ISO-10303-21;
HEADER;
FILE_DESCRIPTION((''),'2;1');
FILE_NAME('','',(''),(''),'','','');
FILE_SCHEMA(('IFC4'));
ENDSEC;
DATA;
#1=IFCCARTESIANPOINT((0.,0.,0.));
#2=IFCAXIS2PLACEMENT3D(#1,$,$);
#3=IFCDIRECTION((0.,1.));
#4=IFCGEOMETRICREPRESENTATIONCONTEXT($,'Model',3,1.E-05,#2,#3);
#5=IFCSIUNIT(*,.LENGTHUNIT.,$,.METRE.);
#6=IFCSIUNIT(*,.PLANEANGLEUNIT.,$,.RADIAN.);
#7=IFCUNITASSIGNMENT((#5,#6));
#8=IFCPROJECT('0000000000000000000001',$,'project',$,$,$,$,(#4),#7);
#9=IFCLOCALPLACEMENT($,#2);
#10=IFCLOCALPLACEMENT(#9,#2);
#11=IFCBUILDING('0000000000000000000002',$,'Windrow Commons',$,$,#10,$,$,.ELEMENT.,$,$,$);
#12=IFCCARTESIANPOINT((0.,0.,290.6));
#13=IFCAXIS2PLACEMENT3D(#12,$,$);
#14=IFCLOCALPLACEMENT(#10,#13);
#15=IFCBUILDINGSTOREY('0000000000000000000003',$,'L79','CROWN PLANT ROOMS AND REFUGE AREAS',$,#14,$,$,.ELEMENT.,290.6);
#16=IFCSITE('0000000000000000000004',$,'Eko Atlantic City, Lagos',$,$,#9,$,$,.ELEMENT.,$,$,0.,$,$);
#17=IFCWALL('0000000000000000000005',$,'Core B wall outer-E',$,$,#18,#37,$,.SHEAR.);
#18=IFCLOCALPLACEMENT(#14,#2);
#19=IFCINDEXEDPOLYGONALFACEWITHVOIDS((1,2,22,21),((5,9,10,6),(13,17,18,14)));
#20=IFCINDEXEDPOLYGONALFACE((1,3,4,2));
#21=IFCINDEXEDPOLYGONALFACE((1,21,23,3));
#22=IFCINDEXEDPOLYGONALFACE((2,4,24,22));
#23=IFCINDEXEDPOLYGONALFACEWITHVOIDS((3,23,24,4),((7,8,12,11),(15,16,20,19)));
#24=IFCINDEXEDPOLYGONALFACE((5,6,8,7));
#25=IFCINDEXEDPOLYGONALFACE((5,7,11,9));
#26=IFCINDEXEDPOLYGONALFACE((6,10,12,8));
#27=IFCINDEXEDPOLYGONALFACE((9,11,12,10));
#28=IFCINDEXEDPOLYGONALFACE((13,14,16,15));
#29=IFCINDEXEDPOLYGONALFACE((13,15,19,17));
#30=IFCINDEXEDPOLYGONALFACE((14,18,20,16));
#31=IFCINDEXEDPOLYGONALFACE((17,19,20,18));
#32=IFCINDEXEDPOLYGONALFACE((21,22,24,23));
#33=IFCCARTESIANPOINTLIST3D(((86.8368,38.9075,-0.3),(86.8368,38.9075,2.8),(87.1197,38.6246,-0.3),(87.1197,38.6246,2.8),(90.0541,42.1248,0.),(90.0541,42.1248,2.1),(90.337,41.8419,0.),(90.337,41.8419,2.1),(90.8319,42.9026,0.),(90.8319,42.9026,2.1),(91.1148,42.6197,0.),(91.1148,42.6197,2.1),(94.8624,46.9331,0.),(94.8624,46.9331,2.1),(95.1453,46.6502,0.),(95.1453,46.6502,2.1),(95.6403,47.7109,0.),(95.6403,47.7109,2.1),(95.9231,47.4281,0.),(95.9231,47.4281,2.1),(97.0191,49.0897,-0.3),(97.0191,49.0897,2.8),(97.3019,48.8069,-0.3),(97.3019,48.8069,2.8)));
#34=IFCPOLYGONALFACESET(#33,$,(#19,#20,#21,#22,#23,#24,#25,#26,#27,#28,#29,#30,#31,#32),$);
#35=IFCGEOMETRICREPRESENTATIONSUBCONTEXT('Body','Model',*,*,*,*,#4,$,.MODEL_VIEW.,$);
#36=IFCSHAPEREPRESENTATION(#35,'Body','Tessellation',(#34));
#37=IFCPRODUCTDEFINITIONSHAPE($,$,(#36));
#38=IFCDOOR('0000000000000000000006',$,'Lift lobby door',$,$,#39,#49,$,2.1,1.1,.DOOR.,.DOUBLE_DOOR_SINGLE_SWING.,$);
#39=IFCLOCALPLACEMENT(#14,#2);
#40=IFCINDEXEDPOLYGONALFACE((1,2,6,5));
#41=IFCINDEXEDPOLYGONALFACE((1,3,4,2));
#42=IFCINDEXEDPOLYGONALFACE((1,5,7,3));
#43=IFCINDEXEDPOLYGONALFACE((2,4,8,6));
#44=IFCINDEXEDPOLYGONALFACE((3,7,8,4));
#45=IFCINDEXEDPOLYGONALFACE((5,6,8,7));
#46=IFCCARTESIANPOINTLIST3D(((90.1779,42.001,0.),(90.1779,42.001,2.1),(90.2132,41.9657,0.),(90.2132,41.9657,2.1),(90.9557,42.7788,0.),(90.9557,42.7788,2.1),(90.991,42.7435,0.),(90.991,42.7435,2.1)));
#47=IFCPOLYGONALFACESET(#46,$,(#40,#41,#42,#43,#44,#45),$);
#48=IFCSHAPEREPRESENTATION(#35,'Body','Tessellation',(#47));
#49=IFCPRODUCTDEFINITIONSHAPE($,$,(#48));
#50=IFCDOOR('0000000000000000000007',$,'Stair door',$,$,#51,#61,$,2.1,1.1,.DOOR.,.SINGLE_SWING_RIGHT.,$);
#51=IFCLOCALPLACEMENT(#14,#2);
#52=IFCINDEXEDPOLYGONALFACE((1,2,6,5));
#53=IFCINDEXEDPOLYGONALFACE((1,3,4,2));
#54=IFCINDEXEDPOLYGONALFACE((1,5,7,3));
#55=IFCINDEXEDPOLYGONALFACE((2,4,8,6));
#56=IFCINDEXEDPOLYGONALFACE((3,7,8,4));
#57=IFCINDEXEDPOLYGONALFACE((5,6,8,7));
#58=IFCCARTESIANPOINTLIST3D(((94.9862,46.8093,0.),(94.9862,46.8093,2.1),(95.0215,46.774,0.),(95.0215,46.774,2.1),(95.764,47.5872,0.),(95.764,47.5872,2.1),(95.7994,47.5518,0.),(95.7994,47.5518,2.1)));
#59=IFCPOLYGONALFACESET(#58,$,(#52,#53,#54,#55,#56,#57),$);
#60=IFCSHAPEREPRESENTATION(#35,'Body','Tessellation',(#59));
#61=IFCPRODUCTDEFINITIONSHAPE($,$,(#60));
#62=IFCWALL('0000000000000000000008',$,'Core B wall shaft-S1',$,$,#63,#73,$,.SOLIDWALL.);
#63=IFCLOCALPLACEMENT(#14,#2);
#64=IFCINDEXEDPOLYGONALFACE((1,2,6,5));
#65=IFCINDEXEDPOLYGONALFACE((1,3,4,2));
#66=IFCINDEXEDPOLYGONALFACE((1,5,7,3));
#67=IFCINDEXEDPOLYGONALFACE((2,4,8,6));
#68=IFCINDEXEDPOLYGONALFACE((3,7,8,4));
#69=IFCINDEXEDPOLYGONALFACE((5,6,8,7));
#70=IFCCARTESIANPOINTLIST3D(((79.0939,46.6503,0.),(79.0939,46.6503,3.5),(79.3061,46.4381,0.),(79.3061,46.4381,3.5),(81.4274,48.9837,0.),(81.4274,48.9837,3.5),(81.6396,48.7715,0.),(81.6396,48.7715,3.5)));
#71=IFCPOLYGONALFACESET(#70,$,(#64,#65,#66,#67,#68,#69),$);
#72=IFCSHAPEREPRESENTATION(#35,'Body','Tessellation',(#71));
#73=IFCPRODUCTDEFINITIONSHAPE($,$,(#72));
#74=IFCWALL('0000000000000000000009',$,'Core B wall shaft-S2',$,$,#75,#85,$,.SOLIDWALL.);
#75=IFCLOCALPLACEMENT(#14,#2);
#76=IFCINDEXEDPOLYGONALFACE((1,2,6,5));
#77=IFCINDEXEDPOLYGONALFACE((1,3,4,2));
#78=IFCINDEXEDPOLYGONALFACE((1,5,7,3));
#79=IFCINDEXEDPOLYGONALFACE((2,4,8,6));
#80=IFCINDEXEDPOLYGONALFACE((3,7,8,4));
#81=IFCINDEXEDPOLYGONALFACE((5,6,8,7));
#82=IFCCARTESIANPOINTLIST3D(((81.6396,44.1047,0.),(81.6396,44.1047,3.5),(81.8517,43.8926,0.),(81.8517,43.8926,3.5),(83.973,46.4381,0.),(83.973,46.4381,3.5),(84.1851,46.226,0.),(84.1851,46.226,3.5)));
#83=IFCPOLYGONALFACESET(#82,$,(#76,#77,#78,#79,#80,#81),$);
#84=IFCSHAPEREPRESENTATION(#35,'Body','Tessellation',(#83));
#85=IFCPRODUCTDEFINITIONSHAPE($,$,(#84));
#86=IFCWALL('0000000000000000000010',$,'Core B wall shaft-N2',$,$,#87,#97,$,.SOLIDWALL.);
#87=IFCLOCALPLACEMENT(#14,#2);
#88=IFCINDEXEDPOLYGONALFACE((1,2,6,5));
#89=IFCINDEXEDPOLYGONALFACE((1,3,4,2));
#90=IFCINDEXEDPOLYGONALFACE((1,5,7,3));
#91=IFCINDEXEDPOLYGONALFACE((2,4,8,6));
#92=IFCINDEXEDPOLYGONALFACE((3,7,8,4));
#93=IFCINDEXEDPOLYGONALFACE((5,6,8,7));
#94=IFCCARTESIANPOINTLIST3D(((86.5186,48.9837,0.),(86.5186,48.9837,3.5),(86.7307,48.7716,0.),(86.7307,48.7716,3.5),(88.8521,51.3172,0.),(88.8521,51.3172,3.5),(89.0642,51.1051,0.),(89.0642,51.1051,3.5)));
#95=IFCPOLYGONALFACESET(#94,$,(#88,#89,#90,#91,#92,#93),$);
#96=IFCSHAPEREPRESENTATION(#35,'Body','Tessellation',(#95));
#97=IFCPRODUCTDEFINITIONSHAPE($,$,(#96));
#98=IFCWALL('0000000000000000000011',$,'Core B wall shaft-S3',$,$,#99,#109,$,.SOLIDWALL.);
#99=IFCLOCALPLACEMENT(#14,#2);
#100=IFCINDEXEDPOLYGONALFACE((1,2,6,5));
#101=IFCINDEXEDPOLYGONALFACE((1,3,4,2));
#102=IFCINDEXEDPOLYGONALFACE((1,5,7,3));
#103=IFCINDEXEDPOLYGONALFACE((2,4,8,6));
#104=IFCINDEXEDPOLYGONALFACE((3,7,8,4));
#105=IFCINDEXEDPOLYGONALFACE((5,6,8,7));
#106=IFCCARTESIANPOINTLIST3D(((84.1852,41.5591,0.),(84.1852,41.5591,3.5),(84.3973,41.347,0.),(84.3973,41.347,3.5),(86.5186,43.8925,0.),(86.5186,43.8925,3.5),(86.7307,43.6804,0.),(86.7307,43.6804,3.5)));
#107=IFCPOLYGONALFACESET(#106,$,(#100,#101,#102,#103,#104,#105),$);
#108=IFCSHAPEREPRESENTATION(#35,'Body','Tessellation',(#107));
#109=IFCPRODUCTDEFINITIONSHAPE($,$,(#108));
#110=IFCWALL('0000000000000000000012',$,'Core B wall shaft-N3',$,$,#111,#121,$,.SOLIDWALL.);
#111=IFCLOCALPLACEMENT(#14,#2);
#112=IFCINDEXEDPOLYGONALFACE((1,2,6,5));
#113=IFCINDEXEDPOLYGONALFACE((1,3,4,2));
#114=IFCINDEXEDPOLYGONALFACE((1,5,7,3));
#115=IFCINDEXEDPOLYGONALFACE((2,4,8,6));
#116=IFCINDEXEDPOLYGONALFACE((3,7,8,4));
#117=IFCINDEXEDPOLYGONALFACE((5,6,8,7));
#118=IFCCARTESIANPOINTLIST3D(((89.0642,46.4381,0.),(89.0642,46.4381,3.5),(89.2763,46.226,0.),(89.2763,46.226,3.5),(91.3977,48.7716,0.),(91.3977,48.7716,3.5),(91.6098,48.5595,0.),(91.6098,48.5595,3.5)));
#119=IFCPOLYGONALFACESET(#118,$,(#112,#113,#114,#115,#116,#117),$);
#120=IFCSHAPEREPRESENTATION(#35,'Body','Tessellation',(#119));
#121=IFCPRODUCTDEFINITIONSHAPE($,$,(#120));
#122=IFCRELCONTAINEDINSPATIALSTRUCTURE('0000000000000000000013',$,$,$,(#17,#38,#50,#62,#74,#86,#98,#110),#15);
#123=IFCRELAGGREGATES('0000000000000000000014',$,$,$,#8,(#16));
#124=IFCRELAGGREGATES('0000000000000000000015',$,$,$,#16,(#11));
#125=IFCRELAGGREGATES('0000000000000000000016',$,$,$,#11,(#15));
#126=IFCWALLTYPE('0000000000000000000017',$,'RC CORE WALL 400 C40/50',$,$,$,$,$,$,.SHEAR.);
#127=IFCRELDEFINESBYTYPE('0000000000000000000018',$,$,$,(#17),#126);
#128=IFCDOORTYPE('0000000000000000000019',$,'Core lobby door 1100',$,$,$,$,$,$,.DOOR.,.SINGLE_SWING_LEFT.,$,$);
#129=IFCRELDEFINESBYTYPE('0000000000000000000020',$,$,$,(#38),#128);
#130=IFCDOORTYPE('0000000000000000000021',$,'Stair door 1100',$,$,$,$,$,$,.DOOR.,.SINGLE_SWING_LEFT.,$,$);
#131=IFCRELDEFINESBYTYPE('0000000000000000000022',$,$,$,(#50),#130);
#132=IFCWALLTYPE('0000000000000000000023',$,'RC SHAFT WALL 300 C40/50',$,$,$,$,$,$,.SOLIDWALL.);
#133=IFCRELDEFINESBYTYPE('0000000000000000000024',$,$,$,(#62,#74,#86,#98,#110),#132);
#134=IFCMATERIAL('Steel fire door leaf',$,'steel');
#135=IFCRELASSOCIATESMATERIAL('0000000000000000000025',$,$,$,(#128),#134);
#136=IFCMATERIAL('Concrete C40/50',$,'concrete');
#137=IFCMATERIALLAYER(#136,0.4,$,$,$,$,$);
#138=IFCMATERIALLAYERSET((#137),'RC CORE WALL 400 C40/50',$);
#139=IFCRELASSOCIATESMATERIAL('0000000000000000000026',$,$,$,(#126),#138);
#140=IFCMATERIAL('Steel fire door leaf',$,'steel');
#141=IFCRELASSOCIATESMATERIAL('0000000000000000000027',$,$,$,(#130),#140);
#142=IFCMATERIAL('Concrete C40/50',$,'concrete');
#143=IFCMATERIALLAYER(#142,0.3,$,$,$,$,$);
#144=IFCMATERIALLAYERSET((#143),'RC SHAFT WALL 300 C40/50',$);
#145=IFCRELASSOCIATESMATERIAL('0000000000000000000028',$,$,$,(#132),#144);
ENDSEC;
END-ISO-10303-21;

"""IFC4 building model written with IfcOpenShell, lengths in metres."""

from ifc_helpers import new_model, si_unit, direction, frame, frame_2d, origin, place, context, subcontext, project, spatial, rectangle, extrude, material, layer, layer_set, type_object, element, fill, save


model = new_model("IFC4")

# Units and contexts
model_context = context("Model", 3, precision=1e-05, world=origin(), true_north=direction((0.0, 1.0)))
body_context = subcontext(model_context, "Body", "Model", "MODEL_VIEW")
ifc_project = project(units=[si_unit("LENGTHUNIT", "METRE"), si_unit("PLANEANGLEUNIT", "RADIAN")], contexts=[model_context])

# Site, building, storey
site_placement = place(None, origin())
site = spatial("IfcSite", under=ifc_project, at=site_placement, Name="Eko Atlantic City, Lagos", CompositionType="ELEMENT", RefElevation=0.0)
building_placement = place(site_placement, origin())
building = spatial("IfcBuilding", under=site, at=building_placement, Name="Windrow Commons", CompositionType="ELEMENT")
storey_placement = place(building_placement, frame((0.0, 0.0, 290.6)))
storey = spatial("IfcBuildingStorey", under=building, at=storey_placement, Name="L79", Description="CROWN PLANT ROOMS AND REFUGE AREAS", CompositionType="ELEMENT", Elevation=290.6)

# Shared definitions
ifc_material_1 = material(Name="Steel fire door leaf", Category="steel")
door_type_1 = type_object("IfcDoorType", Name="Core lobby door 1100", OperationType="SINGLE_SWING_LEFT", PredefinedType="DOOR", material=ifc_material_1)

# Wall, openings, doors
ifc_material_2 = material(Name="Concrete C40/50", Category="concrete")
ifc_layer_1 = layer(ifc_material_2, 0.4)
ifc_layer_set_1 = layer_set([ifc_layer_1], Name="RC CORE WALL 400 C40/50")
wall_type_1 = type_object("IfcWallType", Name="RC CORE WALL 400 C40/50", PredefinedType="SHEAR", material=ifc_layer_set_1)
wall_1_placement = place(storey_placement, frame((86.9782, 38.766, -0.3), z_axis=(0.0, 0.0, 1.0), x_axis=(0.707107, 0.707107, 0.0)))
wall_1 = element("IfcWall", 1, at=wall_1_placement, inside=storey, type_object=wall_type_1, Name="Core B wall outer-E", PredefinedType="SHEAR", context=body_context, shape_type="SweptSolid", body=[
    extrude(rectangle(XDim=14.3999, YDim=0.4, at=frame_2d((7.2, 0.0))), origin(), (0.0, 0.0, 1.0), 3.1),
])
opening_1_placement = place(wall_1_placement, frame((4.55, 0.0, 0.3)))
opening_1 = element("IfcOpeningElement", 2, at=opening_1_placement, cuts=wall_1, PredefinedType="OPENING", context=body_context, shape_type="SweptSolid", body=[
    extrude(rectangle(XDim=1.1, YDim=2.1, at=frame_2d((0.55, 1.05))), frame((0.0, 0.21, 0.0), z_axis=(0.0, -1.0, 0.0), x_axis=(1.0, 0.0, 0.0)), (0.0, 0.0, 1.0), 0.42),
])
opening_2_placement = place(wall_1_placement, frame((11.35, 0.0, 0.3)))
opening_2 = element("IfcOpeningElement", 3, at=opening_2_placement, cuts=wall_1, PredefinedType="OPENING", context=body_context, shape_type="SweptSolid", body=[
    extrude(rectangle(XDim=1.1, YDim=2.1, at=frame_2d((0.55, 1.05))), frame((0.0, 0.21, 0.0), z_axis=(0.0, -1.0, 0.0), x_axis=(1.0, 0.0, 0.0)), (0.0, 0.0, 1.0), 0.42),
])
door_1_placement = place(opening_1_placement, origin())
door_1 = element("IfcDoor", 4, at=door_1_placement, inside=storey, type_object=door_type_1, Name="Lift lobby door", OperationType="DOUBLE_DOOR_SINGLE_SWING", OverallHeight=2.1, OverallWidth=1.1, PredefinedType="DOOR", context=body_context, shape_type="SweptSolid", body=[
    extrude(rectangle(XDim=1.1, YDim=2.1, at=frame_2d((0.55, 1.05))), frame((0.0, 0.025, 0.0), z_axis=(0.0, -1.0, 0.0), x_axis=(1.0, 0.0, 0.0)), (0.0, 0.0, 1.0), 0.05),
])
fill(opening_1, door_1)
ifc_material_3 = material(Name="Steel fire door leaf", Category="steel")
door_type_2 = type_object("IfcDoorType", Name="Stair door 1100", OperationType="SINGLE_SWING_LEFT", PredefinedType="DOOR", material=ifc_material_3)
door_2_placement = place(opening_2_placement, origin())
door_2 = element("IfcDoor", 5, at=door_2_placement, inside=storey, type_object=door_type_2, Name="Stair door", OperationType="SINGLE_SWING_RIGHT", OverallHeight=2.1, OverallWidth=1.1, PredefinedType="DOOR", context=body_context, shape_type="SweptSolid", body=[
    extrude(rectangle(XDim=1.1, YDim=2.1, at=frame_2d((0.55, 1.05))), frame((0.0, 0.025, 0.0), z_axis=(0.0, -1.0, 0.0), x_axis=(1.0, 0.0, 0.0)), (0.0, 0.0, 1.0), 0.05),
])
fill(opening_2, door_2)

# Walls
ifc_material_4 = material(Name="Concrete C40/50", Category="concrete")
ifc_layer_2 = layer(ifc_material_4, 0.3)
ifc_layer_set_2 = layer_set([ifc_layer_2], Name="RC SHAFT WALL 300 C40/50")
wall_type_2 = type_object("IfcWallType", Name="RC SHAFT WALL 300 C40/50", PredefinedType="SOLIDWALL", material=ifc_layer_set_2)
wall_2_placement = place(storey_placement, frame((79.2, 46.5442, 0.0), z_axis=(0.0, 0.0, 1.0), x_axis=(0.707122, 0.707092, 0.0)))
element("IfcWall", 6, at=wall_2_placement, inside=storey, type_object=wall_type_2, Name="Core B wall shaft-S1", PredefinedType="SOLIDWALL", context=body_context, shape_type="SweptSolid", body=[
    extrude(rectangle(XDim=3.3, YDim=0.3, at=frame_2d((1.65, 0.0))), origin(), (0.0, 0.0, 1.0), 3.5),
])
wall_3_placement = place(storey_placement, frame((81.7456, 43.9986, 0.0), z_axis=(0.0, 0.0, 1.0), x_axis=(0.707107, 0.707107, 0.0)))
element("IfcWall", 7, at=wall_3_placement, inside=storey, type_object=wall_type_2, Name="Core B wall shaft-S2", PredefinedType="SOLIDWALL", context=body_context, shape_type="SweptSolid", body=[
    extrude(rectangle(XDim=3.2999, YDim=0.3, at=frame_2d((1.65, 0.0))), origin(), (0.0, 0.0, 1.0), 3.5),
])
wall_4_placement = place(storey_placement, frame((86.6246, 48.8776, 0.0), z_axis=(0.0, 0.0, 1.0), x_axis=(0.707107, 0.707107, 0.0)))
element("IfcWall", 8, at=wall_4_placement, inside=storey, type_object=wall_type_2, Name="Core B wall shaft-N2", PredefinedType="SOLIDWALL", context=body_context, shape_type="SweptSolid", body=[
    extrude(rectangle(XDim=3.3001, YDim=0.3, at=frame_2d((1.6501, 0.0))), origin(), (0.0, 0.0, 1.0), 3.5),
])
wall_5_placement = place(storey_placement, frame((84.2912, 41.453, 0.0), z_axis=(0.0, 0.0, 1.0), x_axis=(0.707107, 0.707107, 0.0)))
element("IfcWall", 9, at=wall_5_placement, inside=storey, type_object=wall_type_2, Name="Core B wall shaft-S3", PredefinedType="SOLIDWALL", context=body_context, shape_type="SweptSolid", body=[
    extrude(rectangle(XDim=3.2999, YDim=0.3, at=frame_2d((1.65, 0.0))), origin(), (0.0, 0.0, 1.0), 3.5),
])
wall_6_placement = place(storey_placement, frame((89.1702, 46.332, 0.0), z_axis=(0.0, 0.0, 1.0), x_axis=(0.707107, 0.707107, 0.0)))
element("IfcWall", 10, at=wall_6_placement, inside=storey, type_object=wall_type_2, Name="Core B wall shaft-N3", PredefinedType="SOLIDWALL", context=body_context, shape_type="SweptSolid", body=[
    extrude(rectangle(XDim=3.3001, YDim=0.3, at=frame_2d((1.6501, 0.0))), origin(), (0.0, 0.0, 1.0), 3.5),
])

save(model, "model.ifc")
